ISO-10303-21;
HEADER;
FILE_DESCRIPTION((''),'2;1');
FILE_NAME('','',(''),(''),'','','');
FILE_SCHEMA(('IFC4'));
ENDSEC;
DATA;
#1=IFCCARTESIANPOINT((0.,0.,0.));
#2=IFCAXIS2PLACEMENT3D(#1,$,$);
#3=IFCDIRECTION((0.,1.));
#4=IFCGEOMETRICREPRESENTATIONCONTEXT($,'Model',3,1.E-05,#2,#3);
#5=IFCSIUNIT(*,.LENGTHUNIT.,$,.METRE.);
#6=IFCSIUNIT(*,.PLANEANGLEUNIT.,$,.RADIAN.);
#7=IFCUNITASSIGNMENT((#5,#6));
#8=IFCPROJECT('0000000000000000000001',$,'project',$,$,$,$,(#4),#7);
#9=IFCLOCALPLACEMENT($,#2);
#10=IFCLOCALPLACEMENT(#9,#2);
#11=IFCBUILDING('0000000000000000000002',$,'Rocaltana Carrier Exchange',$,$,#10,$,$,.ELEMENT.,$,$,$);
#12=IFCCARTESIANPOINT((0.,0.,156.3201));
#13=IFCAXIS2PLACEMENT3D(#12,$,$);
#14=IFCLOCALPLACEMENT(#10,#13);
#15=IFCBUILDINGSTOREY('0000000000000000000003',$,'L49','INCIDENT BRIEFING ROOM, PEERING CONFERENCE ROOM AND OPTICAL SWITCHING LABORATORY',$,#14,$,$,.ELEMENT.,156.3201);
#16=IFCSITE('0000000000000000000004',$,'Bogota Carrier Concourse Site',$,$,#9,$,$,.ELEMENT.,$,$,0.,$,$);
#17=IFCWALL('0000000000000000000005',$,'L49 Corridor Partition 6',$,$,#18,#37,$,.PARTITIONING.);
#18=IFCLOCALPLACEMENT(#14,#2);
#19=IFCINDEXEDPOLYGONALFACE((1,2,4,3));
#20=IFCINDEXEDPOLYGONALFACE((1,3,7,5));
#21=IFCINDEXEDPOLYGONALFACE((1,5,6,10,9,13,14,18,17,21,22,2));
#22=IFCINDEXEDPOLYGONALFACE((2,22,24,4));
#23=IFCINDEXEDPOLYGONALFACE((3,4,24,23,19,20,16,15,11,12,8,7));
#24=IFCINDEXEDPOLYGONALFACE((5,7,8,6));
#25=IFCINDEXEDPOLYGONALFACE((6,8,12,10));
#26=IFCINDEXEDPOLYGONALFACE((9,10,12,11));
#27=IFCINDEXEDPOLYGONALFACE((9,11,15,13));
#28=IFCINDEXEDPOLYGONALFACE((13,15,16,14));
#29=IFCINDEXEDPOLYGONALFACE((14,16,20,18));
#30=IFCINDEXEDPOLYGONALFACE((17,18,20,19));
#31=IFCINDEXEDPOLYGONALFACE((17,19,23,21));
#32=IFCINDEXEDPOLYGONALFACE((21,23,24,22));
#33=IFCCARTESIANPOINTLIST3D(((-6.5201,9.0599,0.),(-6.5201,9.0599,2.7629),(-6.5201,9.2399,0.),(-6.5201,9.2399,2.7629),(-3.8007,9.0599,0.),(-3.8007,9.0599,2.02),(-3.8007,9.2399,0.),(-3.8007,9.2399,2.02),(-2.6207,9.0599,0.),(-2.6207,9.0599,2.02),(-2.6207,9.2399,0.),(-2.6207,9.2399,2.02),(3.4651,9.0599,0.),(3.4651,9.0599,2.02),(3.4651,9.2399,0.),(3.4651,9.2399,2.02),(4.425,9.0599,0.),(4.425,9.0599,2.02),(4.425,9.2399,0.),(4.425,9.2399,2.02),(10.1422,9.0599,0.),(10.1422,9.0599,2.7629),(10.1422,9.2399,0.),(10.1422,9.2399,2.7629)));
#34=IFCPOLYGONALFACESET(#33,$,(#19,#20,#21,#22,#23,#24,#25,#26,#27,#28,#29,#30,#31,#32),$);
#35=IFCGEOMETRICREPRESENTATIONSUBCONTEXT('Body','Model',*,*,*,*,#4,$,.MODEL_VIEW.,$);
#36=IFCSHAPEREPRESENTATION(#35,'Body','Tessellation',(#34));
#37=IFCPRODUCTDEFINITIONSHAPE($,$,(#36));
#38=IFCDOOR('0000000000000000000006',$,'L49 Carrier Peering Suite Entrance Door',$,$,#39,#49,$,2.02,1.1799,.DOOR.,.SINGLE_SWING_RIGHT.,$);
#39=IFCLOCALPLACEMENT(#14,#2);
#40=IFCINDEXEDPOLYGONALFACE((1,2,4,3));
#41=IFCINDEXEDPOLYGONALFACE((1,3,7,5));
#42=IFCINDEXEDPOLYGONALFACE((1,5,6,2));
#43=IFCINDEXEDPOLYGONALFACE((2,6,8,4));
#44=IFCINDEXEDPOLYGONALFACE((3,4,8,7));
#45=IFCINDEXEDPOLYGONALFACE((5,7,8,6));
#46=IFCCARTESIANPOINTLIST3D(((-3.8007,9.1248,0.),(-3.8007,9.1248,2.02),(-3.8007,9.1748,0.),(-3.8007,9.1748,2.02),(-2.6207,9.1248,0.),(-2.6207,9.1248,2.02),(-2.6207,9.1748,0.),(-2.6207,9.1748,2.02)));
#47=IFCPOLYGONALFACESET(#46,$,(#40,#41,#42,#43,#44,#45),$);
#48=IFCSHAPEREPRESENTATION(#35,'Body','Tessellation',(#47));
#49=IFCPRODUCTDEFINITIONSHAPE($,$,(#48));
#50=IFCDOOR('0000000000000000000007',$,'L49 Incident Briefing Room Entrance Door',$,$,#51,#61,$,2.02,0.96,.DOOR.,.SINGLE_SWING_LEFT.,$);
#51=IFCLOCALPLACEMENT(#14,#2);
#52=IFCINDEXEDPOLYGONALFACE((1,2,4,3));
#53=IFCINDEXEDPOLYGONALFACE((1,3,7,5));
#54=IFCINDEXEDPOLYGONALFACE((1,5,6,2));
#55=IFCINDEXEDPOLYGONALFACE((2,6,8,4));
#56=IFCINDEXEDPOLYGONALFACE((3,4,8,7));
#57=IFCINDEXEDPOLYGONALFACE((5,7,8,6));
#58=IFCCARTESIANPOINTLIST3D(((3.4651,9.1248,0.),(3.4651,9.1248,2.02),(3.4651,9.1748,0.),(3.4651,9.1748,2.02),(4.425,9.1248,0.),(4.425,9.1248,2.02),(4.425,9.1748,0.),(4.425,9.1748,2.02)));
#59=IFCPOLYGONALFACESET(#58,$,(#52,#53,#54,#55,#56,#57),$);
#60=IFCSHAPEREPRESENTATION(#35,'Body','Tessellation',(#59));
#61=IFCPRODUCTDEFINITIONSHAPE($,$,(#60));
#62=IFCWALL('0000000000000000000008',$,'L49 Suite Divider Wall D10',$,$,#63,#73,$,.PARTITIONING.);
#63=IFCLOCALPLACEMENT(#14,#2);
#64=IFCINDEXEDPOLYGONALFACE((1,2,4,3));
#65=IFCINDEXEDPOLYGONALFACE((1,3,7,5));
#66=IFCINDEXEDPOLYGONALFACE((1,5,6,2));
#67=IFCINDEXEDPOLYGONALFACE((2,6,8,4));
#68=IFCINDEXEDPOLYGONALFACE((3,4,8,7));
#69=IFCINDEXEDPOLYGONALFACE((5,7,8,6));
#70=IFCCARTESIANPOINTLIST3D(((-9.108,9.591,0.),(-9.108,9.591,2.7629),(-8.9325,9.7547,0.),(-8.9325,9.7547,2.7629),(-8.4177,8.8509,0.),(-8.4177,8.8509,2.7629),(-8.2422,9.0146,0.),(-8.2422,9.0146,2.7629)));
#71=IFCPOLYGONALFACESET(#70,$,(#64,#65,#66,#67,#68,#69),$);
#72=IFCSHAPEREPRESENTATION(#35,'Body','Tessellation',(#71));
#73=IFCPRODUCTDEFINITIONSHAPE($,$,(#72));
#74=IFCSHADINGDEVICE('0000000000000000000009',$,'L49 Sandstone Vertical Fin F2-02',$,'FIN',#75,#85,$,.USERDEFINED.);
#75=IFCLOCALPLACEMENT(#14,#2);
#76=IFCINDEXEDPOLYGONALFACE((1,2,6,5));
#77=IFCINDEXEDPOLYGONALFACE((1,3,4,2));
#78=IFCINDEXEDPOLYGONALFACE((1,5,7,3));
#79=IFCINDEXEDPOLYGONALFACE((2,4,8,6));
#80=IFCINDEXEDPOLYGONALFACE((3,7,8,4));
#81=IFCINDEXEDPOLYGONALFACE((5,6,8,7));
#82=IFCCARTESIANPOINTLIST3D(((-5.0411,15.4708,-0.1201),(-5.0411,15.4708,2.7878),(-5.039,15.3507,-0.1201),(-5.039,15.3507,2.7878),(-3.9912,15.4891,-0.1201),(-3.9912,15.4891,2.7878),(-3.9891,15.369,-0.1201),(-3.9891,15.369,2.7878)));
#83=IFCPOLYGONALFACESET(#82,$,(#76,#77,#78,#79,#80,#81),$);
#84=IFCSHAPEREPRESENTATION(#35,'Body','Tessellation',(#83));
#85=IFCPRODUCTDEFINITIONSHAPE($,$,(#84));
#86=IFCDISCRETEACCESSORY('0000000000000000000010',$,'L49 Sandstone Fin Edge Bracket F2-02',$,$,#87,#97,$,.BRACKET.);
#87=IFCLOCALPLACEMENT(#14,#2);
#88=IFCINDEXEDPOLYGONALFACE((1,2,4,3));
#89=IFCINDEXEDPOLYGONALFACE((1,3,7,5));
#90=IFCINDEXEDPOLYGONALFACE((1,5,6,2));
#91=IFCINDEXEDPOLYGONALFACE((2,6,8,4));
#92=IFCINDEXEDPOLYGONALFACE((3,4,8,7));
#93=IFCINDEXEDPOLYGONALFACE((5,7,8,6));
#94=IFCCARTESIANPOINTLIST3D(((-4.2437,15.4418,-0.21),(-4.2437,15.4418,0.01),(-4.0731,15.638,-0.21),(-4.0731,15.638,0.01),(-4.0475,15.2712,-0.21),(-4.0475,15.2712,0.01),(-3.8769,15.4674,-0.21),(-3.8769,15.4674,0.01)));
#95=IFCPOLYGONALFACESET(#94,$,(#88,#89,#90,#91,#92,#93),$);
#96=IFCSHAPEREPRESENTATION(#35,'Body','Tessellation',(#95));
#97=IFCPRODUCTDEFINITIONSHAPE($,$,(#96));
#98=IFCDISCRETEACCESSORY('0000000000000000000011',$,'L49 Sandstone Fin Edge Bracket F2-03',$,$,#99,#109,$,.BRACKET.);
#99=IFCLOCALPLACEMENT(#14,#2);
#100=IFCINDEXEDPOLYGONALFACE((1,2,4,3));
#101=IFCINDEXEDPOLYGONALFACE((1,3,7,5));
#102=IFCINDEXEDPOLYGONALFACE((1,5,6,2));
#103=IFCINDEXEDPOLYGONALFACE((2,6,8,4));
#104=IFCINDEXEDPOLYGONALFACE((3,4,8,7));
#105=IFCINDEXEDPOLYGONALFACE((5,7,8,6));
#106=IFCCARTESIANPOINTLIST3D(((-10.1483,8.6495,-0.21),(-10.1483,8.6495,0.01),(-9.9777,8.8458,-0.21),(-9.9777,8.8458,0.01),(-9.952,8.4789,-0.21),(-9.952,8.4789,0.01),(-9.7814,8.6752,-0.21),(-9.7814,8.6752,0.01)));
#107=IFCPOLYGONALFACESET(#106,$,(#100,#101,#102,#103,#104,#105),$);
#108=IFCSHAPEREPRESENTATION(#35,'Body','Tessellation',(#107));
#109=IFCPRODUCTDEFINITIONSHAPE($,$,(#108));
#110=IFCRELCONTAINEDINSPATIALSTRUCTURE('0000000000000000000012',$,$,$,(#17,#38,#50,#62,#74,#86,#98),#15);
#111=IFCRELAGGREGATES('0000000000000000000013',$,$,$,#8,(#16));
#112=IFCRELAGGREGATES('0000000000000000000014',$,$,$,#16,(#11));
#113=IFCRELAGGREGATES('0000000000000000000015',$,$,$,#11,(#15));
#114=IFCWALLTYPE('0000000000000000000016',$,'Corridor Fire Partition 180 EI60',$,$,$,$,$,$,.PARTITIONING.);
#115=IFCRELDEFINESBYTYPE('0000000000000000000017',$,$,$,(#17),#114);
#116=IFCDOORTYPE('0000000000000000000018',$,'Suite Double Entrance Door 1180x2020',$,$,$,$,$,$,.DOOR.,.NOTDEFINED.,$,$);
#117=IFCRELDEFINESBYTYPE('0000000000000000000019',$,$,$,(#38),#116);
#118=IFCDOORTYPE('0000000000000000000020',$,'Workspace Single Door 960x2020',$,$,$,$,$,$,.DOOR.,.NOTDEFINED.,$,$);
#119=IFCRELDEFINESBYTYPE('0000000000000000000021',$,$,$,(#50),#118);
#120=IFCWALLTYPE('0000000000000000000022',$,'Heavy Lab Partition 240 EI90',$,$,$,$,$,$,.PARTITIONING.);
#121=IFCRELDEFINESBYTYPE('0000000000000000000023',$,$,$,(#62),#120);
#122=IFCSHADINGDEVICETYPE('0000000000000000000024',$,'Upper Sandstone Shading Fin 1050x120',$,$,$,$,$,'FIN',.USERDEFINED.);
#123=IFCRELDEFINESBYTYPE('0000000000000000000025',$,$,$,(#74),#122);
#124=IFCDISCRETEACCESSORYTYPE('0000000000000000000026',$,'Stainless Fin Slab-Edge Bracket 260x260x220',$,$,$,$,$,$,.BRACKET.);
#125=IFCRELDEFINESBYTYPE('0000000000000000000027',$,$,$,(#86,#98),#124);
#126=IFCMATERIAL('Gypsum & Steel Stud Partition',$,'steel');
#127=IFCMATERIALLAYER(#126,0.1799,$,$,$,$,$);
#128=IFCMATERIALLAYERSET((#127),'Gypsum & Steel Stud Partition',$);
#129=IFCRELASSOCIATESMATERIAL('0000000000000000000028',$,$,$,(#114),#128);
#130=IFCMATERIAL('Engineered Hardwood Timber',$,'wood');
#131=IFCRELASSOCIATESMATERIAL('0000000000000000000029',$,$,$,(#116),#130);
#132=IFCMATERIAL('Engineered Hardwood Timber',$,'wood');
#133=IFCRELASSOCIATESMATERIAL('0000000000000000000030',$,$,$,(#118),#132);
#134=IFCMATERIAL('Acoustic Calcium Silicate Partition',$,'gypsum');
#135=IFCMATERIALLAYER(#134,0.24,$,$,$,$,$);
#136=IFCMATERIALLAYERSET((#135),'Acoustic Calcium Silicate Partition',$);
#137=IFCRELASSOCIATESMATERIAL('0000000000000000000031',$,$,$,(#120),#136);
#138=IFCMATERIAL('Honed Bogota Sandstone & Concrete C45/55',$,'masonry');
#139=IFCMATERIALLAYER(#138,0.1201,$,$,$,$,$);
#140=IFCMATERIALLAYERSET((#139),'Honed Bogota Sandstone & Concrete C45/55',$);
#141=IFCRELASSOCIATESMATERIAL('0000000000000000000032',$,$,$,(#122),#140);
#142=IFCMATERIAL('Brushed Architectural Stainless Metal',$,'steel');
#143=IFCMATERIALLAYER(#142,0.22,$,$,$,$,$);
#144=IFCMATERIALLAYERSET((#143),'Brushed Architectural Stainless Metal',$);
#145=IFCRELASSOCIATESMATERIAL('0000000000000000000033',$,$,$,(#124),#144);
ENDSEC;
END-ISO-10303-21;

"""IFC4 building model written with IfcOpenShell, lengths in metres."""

from ifc_helpers import new_model, si_unit, direction, frame, frame_2d, origin, origin_2d, place, context, subcontext, project, spatial, rectangle, extrude, material, layer, layer_set, type_object, element, fill, save


model = new_model("IFC4")

# Units and contexts
model_context = context("Model", 3, precision=1e-05, world=origin(), true_north=direction((0.0, 1.0)))
body_context = subcontext(model_context, "Body", "Model", "MODEL_VIEW")
ifc_project = project(units=[si_unit("LENGTHUNIT", "METRE"), si_unit("PLANEANGLEUNIT", "RADIAN")], contexts=[model_context])

# Site, building, storey
site_placement = place(None, origin())
site = spatial("IfcSite", under=ifc_project, at=site_placement, Name="Bogota Carrier Concourse Site", CompositionType="ELEMENT", RefElevation=0.0)
building_placement = place(site_placement, origin())
building = spatial("IfcBuilding", under=site, at=building_placement, Name="Rocaltana Carrier Exchange", CompositionType="ELEMENT")
storey_placement = place(building_placement, frame((0.0, 0.0, 156.3201)))
storey = spatial("IfcBuildingStorey", under=building, at=storey_placement, Name="L49", Description="INCIDENT BRIEFING ROOM, PEERING CONFERENCE ROOM AND OPTICAL SWITCHING LABORATORY", CompositionType="ELEMENT", Elevation=156.3201)

# Shared definitions
ifc_material_1 = material(Name="Gypsum & Steel Stud Partition", Category="steel")
ifc_layer_1 = layer(ifc_material_1, 0.1799)
ifc_layer_set_1 = layer_set([ifc_layer_1], Name="Gypsum & Steel Stud Partition")
wall_type_1 = type_object("IfcWallType", Name="Corridor Fire Partition 180 EI60", PredefinedType="PARTITIONING", material=ifc_layer_set_1)

# Wall, openings, doors
wall_1_placement = place(storey_placement, frame((-6.52, 9.1499, 0.0), z_axis=(0.0, 0.0, 1.0), x_axis=(1.0, 0.0, 0.0)))
wall_1 = element("IfcWall", 1, at=wall_1_placement, inside=storey, type_object=wall_type_1, Name="L49 Corridor Partition 6", PredefinedType="PARTITIONING", context=body_context, shape_type="SweptSolid", body=[
    extrude(rectangle(XDim=16.6624, YDim=0.1799, at=frame_2d((8.3311, 0.0))), origin(), (0.0, 0.0, 1.0), 2.7629),
])
opening_1_placement = place(wall_1_placement, frame((9.9851, 0.0, 0.0)))
opening_1 = element("IfcOpeningElement", 2, at=opening_1_placement, cuts=wall_1, PredefinedType="OPENING", context=body_context, shape_type="SweptSolid", body=[
    extrude(rectangle(XDim=0.96, YDim=2.02, at=frame_2d((0.48, 1.01))), frame((0.0, 0.0999, 0.0), z_axis=(0.0, -1.0, 0.0), x_axis=(1.0, 0.0, 0.0)), (0.0, 0.0, 1.0), 0.2),
])
opening_2_placement = place(wall_1_placement, frame((2.7195, 0.0, 0.0)))
opening_2 = element("IfcOpeningElement", 3, at=opening_2_placement, cuts=wall_1, PredefinedType="OPENING", context=body_context, shape_type="SweptSolid", body=[
    extrude(rectangle(XDim=1.1799, YDim=2.02, at=frame_2d((0.5898, 1.01))), frame((0.0, 0.0999, 0.0), z_axis=(0.0, -1.0, 0.0), x_axis=(1.0, 0.0, 0.0)), (0.0, 0.0, 1.0), 0.2),
])
ifc_material_2 = material(Name="Engineered Hardwood Timber", Category="wood")
door_type_1 = type_object("IfcDoorType", Name="Suite Double Entrance Door 1180x2020", OperationType="NOTDEFINED", PredefinedType="DOOR", material=ifc_material_2)
door_1_placement = place(opening_2_placement, origin())
door_1 = element("IfcDoor", 4, at=door_1_placement, inside=storey, type_object=door_type_1, Name="L49 Carrier Peering Suite Entrance Door", OperationType="SINGLE_SWING_RIGHT", OverallHeight=2.02, OverallWidth=1.1799, PredefinedType="DOOR", context=body_context, shape_type="SweptSolid", body=[
    extrude(rectangle(XDim=1.1799, YDim=2.02, at=frame_2d((0.5898, 1.01))), frame((0.0, 0.0249, 0.0), z_axis=(0.0, -1.0, 0.0), x_axis=(1.0, 0.0, 0.0)), (0.0, 0.0, 1.0), 0.05),
])
fill(opening_2, door_1)
ifc_material_3 = material(Name="Engineered Hardwood Timber", Category="wood")
door_type_2 = type_object("IfcDoorType", Name="Workspace Single Door 960x2020", OperationType="NOTDEFINED", PredefinedType="DOOR", material=ifc_material_3)
door_2_placement = place(opening_1_placement, origin())
door_2 = element("IfcDoor", 5, at=door_2_placement, inside=storey, type_object=door_type_2, Name="L49 Incident Briefing Room Entrance Door", OperationType="SINGLE_SWING_LEFT", OverallHeight=2.02, OverallWidth=0.96, PredefinedType="DOOR", context=body_context, shape_type="SweptSolid", body=[
    extrude(rectangle(XDim=0.96, YDim=2.02, at=frame_2d((0.48, 1.01))), frame((0.0, 0.0249, 0.0), z_axis=(0.0, -1.0, 0.0), x_axis=(1.0, 0.0, 0.0)), (0.0, 0.0, 1.0), 0.05),
])
fill(opening_1, door_2)

# Wall
ifc_material_4 = material(Name="Acoustic Calcium Silicate Partition", Category="gypsum")
ifc_layer_2 = layer(ifc_material_4, 0.24)
ifc_layer_set_2 = layer_set([ifc_layer_2], Name="Acoustic Calcium Silicate Partition")
wall_type_2 = type_object("IfcWallType", Name="Heavy Lab Partition 240 EI90", PredefinedType="PARTITIONING", material=ifc_layer_set_2)
wall_2_placement = place(storey_placement, frame((-8.3301, 8.9329, 0.0), z_axis=(0.0, 0.0, 1.0), x_axis=(-0.682069, 0.731288, 0.0)))
element("IfcWall", 6, at=wall_2_placement, inside=storey, type_object=wall_type_2, Name="L49 Suite Divider Wall D10", PredefinedType="PARTITIONING", context=body_context, shape_type="SweptSolid", body=[
    extrude(rectangle(XDim=1.012, YDim=0.24, at=frame_2d((0.5059, 0.0))), origin(), (0.0, 0.0, 1.0), 2.7629),
])

# Shading device
ifc_material_5 = material(Name="Honed Bogota Sandstone & Concrete C45/55", Category="masonry")
ifc_layer_3 = layer(ifc_material_5, 0.1201)
ifc_layer_set_3 = layer_set([ifc_layer_3], Name="Honed Bogota Sandstone & Concrete C45/55")
shading_device_type = type_object("IfcShadingDeviceType", Name="Upper Sandstone Shading Fin 1050x120", ElementType="FIN", PredefinedType="USERDEFINED", material=ifc_layer_set_3)
shading_device_placement = place(storey_placement, frame((-4.5151, 15.4199, -0.1201), z_axis=(0.0, 0.0, 1.0), x_axis=(-0.999848, -0.017452, 0.0)))
element("IfcShadingDevice", 7, at=shading_device_placement, inside=storey, type_object=shading_device_type, Name="L49 Sandstone Vertical Fin F2-02", ObjectType="FIN", PredefinedType="USERDEFINED", context=body_context, shape_type="SweptSolid", body=[
    extrude(rectangle(XDim=1.05, YDim=0.1201, at=origin_2d()), origin(), (0.0, 0.0, 1.0), 2.908),
])

# Discrete accessories
ifc_material_6 = material(Name="Brushed Architectural Stainless Metal", Category="steel")
ifc_layer_4 = layer(ifc_material_6, 0.22)
ifc_layer_set_4 = layer_set([ifc_layer_4], Name="Brushed Architectural Stainless Metal")
discrete_accessory_type = type_object("IfcDiscreteAccessoryType", Name="Stainless Fin Slab-Edge Bracket 260x260x220", PredefinedType="BRACKET", material=ifc_layer_set_4)
for number, where, z_axis, x_axis, name in (
    (8, (-4.0603, 15.4546, -0.21), (0.0, 0.0, 1.0), (-0.656059, -0.75471, 0.0), "L49 Sandstone Fin Edge Bracket F2-02"),
    (9, (-9.9648, 8.6624, -0.21), (0.0, 0.0, 1.0), (-0.656059, -0.75471, 0.0), "L49 Sandstone Fin Edge Bracket F2-03"),
):
    element("IfcDiscreteAccessory", number, at=place(storey_placement, frame(where, z_axis=z_axis, x_axis=x_axis)), inside=storey, type_object=discrete_accessory_type, Name=name, PredefinedType="BRACKET", context=body_context, shape_type="SweptSolid", body=[
        extrude(rectangle(XDim=0.26, YDim=0.26, at=origin_2d()), origin(), (0.0, 0.0, 1.0), 0.22),
    ])

save(model, "model.ifc")
